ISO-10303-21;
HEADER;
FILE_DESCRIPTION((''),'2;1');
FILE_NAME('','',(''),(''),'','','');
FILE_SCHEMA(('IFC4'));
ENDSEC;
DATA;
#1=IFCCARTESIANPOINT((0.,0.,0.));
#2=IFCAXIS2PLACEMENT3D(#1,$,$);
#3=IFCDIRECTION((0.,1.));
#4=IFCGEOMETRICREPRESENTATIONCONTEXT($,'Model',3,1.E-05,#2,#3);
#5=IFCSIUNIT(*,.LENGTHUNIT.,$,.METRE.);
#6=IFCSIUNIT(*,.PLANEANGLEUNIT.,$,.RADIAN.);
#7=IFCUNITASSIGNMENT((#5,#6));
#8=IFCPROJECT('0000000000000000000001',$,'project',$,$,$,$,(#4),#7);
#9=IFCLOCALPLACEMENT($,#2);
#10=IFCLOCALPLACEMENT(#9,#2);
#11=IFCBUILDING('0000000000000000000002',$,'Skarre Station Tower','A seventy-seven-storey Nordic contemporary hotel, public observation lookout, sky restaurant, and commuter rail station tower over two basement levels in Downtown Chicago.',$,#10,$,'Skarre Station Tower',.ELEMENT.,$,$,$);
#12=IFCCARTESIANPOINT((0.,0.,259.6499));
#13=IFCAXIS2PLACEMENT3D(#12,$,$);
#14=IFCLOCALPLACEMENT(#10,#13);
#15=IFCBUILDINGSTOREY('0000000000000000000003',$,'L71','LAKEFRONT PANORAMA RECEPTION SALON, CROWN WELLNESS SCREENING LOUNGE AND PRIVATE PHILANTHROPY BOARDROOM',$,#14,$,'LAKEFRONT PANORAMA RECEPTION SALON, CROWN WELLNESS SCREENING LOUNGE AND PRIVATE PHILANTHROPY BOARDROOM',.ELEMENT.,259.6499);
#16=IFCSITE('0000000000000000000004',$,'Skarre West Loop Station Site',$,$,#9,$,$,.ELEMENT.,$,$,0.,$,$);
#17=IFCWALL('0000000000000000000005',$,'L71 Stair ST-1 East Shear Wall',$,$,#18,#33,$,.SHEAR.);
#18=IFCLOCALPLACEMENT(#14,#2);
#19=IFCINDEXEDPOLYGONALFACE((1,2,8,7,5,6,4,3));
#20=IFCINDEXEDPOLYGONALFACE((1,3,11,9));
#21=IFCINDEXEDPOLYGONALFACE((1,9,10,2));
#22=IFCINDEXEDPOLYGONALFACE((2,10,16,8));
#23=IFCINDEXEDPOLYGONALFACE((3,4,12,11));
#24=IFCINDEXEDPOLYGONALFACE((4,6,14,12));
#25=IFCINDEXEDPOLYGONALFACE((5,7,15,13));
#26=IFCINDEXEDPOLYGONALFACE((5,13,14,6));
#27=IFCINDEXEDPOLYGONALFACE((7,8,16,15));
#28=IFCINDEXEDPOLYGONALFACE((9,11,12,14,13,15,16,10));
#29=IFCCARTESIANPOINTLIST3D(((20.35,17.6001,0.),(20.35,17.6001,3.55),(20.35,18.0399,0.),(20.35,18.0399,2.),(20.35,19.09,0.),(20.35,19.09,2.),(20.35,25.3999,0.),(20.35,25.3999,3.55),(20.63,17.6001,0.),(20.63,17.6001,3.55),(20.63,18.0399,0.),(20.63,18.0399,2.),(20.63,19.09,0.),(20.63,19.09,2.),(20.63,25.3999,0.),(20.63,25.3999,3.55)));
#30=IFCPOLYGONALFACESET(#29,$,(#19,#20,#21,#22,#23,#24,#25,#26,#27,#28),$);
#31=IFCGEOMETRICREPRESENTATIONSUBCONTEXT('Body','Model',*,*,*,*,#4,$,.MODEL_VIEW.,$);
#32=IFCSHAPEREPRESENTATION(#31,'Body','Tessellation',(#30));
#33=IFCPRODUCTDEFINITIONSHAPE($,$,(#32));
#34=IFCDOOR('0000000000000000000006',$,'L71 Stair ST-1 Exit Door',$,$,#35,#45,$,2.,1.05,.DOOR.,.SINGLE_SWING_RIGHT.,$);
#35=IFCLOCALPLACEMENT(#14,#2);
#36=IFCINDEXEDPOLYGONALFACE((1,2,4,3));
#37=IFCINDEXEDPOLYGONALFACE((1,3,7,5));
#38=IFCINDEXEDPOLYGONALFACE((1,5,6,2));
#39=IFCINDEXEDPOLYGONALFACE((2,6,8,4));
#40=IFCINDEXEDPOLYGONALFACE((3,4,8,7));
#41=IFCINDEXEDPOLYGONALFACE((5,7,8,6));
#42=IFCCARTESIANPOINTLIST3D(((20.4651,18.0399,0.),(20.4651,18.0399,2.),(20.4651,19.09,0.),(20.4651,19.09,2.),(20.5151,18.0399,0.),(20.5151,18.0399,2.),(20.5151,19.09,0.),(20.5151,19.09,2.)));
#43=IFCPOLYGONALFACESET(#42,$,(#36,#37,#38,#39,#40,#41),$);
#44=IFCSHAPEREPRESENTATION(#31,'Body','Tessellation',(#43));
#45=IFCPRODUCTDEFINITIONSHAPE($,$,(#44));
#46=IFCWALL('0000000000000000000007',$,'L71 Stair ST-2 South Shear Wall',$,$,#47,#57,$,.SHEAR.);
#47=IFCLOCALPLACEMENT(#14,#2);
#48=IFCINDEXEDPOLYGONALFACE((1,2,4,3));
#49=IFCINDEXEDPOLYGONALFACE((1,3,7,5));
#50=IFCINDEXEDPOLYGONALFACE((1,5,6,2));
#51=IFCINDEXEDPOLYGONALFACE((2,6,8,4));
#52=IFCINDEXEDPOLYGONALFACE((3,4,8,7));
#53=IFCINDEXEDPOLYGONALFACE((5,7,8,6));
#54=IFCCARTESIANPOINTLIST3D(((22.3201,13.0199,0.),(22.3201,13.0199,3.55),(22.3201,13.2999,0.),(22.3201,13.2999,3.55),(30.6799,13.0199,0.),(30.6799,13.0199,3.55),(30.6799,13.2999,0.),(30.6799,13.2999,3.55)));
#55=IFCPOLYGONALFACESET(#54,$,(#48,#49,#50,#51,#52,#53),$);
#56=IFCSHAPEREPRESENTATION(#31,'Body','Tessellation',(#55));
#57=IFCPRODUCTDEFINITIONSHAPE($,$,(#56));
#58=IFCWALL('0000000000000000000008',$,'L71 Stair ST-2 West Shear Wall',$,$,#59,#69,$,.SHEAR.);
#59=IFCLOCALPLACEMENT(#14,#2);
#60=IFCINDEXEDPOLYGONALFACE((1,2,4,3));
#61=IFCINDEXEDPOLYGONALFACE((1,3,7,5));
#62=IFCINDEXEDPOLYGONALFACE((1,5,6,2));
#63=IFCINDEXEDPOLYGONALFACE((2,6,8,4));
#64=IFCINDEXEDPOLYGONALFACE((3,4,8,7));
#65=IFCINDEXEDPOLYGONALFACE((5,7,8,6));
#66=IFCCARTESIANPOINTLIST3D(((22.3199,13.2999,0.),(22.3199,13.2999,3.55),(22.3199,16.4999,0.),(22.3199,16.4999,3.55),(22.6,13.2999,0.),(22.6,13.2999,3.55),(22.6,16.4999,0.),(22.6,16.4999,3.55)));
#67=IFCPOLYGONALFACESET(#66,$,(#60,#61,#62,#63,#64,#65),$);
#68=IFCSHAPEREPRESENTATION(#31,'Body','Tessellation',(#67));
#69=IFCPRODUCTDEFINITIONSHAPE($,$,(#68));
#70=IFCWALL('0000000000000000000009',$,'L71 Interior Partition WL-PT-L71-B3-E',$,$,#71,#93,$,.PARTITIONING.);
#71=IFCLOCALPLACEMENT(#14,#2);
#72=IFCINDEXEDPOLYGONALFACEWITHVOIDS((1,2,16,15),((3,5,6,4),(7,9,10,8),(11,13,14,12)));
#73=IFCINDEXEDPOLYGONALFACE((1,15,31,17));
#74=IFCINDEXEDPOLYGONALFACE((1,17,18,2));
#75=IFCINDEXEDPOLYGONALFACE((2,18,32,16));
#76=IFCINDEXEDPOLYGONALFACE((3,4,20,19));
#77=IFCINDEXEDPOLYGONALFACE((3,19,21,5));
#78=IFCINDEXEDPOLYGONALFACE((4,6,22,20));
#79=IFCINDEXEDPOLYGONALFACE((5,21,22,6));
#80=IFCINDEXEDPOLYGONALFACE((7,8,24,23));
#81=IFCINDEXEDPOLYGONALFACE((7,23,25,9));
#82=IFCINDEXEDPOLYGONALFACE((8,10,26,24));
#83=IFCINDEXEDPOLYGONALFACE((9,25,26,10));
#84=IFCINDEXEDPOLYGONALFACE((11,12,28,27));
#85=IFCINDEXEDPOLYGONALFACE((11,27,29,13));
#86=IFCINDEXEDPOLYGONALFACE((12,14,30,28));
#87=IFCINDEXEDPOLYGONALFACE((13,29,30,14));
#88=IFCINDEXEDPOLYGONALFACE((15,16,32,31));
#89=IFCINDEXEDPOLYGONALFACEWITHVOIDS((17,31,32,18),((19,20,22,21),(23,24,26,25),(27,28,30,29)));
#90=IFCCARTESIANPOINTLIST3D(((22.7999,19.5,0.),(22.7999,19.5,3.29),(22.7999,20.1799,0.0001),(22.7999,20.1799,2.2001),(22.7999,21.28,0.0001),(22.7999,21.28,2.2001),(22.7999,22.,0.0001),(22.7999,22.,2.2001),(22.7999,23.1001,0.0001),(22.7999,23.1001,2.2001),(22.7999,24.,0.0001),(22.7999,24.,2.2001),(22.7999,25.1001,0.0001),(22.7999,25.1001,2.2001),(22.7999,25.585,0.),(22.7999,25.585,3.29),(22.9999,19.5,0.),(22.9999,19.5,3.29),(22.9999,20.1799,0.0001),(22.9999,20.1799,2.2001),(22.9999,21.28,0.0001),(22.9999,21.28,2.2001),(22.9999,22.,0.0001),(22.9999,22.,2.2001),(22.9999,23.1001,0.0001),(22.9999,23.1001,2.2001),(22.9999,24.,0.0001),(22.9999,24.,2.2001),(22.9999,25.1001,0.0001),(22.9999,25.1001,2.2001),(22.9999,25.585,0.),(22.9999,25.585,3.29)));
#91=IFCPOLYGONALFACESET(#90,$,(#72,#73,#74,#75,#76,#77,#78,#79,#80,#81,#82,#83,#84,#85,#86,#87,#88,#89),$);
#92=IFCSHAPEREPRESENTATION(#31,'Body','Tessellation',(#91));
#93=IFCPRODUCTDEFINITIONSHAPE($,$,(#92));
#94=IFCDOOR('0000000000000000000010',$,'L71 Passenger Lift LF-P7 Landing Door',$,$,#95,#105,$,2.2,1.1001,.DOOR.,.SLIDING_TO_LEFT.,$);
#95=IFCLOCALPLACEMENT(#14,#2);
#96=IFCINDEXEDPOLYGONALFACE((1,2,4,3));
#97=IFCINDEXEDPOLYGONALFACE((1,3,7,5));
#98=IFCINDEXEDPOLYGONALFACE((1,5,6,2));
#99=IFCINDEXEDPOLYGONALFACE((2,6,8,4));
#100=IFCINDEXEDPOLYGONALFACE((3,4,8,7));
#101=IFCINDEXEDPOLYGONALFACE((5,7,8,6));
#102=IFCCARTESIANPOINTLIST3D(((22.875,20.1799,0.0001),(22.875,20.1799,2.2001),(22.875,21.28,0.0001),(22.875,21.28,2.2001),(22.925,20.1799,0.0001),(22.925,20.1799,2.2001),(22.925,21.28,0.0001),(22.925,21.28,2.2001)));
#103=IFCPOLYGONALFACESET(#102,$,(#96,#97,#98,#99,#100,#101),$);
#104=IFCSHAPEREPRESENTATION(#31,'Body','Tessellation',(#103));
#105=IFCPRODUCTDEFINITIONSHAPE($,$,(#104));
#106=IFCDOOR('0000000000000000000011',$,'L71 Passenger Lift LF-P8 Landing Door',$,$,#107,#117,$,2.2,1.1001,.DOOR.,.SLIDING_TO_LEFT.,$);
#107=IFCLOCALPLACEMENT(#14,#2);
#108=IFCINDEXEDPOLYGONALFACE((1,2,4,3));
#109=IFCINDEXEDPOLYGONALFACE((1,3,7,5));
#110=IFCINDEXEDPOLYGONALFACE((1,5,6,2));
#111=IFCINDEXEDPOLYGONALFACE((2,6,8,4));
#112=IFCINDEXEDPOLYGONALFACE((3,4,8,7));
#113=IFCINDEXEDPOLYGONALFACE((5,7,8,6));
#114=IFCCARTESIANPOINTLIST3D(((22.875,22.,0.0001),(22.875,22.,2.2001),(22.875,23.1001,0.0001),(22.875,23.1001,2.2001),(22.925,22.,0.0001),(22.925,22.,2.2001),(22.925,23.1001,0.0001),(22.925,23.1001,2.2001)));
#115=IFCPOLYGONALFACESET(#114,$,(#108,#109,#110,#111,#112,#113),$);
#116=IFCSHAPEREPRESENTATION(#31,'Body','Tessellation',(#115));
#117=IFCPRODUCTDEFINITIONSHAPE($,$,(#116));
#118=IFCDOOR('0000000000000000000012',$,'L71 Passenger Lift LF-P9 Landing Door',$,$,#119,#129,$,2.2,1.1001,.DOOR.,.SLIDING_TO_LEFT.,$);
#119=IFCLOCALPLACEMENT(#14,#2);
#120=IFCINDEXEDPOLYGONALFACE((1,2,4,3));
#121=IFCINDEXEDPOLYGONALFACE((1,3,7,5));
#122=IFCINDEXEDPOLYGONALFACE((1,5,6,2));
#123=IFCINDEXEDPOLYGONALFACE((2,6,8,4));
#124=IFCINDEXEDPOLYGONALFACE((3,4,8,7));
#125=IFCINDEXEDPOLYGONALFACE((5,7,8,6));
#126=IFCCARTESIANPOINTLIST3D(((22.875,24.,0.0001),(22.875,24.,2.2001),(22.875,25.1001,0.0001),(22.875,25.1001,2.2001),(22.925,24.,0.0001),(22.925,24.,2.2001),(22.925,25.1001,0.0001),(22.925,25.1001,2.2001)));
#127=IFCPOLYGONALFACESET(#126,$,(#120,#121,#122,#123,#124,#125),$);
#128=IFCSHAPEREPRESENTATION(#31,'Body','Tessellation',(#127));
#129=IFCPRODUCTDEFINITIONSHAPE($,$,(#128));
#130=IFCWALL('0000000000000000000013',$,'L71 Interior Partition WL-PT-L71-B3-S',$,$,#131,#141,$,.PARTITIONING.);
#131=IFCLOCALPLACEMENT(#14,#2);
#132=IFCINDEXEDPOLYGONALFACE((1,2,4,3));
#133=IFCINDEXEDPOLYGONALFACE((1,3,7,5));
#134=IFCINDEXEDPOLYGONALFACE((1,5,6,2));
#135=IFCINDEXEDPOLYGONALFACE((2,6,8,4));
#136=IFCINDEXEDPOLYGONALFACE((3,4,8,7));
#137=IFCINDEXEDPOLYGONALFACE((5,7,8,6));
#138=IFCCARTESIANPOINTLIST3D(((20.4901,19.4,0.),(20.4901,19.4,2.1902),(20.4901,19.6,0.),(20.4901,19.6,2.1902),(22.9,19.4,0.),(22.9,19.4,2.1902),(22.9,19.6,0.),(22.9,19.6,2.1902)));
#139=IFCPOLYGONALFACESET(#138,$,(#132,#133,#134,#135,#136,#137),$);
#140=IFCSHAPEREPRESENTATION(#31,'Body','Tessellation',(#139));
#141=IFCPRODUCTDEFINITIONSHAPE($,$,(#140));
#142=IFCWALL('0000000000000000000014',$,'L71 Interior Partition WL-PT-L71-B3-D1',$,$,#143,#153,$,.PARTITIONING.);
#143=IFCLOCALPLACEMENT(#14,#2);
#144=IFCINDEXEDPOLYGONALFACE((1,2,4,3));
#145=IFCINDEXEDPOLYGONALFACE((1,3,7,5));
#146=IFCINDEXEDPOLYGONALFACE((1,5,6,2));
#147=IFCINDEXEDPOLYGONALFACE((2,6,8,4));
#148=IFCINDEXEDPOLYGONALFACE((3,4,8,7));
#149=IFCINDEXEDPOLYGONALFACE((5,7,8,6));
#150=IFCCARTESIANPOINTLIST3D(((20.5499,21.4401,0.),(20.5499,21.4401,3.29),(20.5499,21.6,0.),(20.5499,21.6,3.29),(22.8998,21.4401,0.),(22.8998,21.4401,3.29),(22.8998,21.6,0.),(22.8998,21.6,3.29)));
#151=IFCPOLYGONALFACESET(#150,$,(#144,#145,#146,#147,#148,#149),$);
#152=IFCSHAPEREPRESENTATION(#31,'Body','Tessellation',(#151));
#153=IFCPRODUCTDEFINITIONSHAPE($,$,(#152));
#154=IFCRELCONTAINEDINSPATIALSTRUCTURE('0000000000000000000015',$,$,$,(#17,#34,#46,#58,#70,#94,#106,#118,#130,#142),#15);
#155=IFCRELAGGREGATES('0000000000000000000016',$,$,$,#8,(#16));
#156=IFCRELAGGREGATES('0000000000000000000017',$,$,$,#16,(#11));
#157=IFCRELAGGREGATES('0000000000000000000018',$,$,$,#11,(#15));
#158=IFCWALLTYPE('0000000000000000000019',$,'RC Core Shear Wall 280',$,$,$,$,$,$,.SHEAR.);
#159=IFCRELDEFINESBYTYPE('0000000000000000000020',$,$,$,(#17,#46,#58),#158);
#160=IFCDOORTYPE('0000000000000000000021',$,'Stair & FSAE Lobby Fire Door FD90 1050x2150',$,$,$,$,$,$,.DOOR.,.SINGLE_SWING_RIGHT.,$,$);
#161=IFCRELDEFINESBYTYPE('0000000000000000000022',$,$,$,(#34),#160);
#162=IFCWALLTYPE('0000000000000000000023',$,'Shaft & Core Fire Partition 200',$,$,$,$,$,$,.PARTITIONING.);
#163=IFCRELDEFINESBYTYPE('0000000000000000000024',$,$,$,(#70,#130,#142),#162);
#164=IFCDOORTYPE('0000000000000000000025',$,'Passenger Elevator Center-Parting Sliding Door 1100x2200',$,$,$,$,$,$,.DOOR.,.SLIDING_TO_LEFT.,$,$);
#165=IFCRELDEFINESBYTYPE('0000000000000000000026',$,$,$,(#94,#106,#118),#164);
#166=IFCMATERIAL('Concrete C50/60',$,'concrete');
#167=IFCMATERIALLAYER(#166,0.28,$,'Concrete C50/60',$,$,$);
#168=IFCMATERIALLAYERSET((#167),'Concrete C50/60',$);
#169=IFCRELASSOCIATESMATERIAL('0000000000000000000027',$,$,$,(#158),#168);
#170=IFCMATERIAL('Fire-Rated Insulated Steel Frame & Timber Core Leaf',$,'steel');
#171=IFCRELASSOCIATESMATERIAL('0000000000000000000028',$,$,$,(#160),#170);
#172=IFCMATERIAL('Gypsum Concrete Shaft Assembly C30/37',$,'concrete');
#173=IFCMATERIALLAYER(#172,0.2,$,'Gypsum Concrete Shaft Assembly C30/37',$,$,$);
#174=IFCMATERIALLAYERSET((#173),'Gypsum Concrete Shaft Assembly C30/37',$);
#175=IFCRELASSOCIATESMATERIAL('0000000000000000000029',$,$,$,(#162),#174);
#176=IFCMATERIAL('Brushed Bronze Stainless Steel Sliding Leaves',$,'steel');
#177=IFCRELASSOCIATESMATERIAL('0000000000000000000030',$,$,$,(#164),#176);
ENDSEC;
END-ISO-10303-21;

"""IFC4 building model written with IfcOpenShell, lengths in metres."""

from ifc_helpers import new_model, si_unit, direction, frame, frame_2d, origin, place, context, subcontext, project, spatial, rectangle, extrude, material, layer, layer_set, type_object, element, fill, save


model = new_model("IFC4")

# Units and contexts
model_context = context("Model", 3, precision=1e-05, world=origin(), true_north=direction((0.0, 1.0)))
body_context = subcontext(model_context, "Body", "Model", "MODEL_VIEW")
ifc_project = project(units=[si_unit("LENGTHUNIT", "METRE"), si_unit("PLANEANGLEUNIT", "RADIAN")], contexts=[model_context])

# Site, building, storey
site_placement = place(None, origin())
site = spatial("IfcSite", under=ifc_project, at=site_placement, Name="Skarre West Loop Station Site", CompositionType="ELEMENT", RefElevation=0.0)
building_placement = place(site_placement, origin())
building = spatial("IfcBuilding", under=site, at=building_placement, Name="Skarre Station Tower", Description="A seventy-seven-storey Nordic contemporary hotel, public observation lookout, sky restaurant, and commuter rail station tower over two basement levels in Downtown Chicago.", LongName="Skarre Station Tower", CompositionType="ELEMENT")
storey_placement = place(building_placement, frame((0.0, 0.0, 259.6499)))
storey = spatial("IfcBuildingStorey", under=building, at=storey_placement, Name="L71", Description="LAKEFRONT PANORAMA RECEPTION SALON, CROWN WELLNESS SCREENING LOUNGE AND PRIVATE PHILANTHROPY BOARDROOM", LongName="LAKEFRONT PANORAMA RECEPTION SALON, CROWN WELLNESS SCREENING LOUNGE AND PRIVATE PHILANTHROPY BOARDROOM", CompositionType="ELEMENT", Elevation=259.6499)

# Shared definitions
ifc_material_1 = material(Name="Concrete C50/60", Category="concrete")

# Wall, opening, door
ifc_layer_1 = layer(ifc_material_1, 0.28, Name="Concrete C50/60")
ifc_layer_set_1 = layer_set([ifc_layer_1], Name="Concrete C50/60")
wall_type_1 = type_object("IfcWallType", Name="RC Core Shear Wall 280", PredefinedType="SHEAR", material=ifc_layer_set_1)
wall_1_placement = place(storey_placement, frame((20.49, 17.6001, 0.0), z_axis=(0.0, 0.0, 1.0), x_axis=(0.0, 1.0, 0.0)))
wall_1 = element("IfcWall", 1, at=wall_1_placement, inside=storey, type_object=wall_type_1, Name="L71 Stair ST-1 East Shear Wall", PredefinedType="SHEAR", context=body_context, shape_type="SweptSolid", body=[
    extrude(rectangle(XDim=7.7998, YDim=0.28, at=frame_2d((3.8999, 0.0))), origin(), (0.0, 0.0, 1.0), 3.55),
])
opening_1_placement = place(wall_1_placement, frame((0.4399, 0.0, 0.0)))
opening_1 = element("IfcOpeningElement", 2, at=opening_1_placement, cuts=wall_1, PredefinedType="OPENING", context=body_context, shape_type="SweptSolid", body=[
    extrude(rectangle(XDim=1.05, YDim=2.0, at=frame_2d((0.5249, 1.0))), frame((0.0, 0.1499, 0.0), z_axis=(0.0, -1.0, 0.0), x_axis=(1.0, 0.0, 0.0)), (0.0, 0.0, 1.0), 0.3),
])
ifc_material_2 = material(Name="Fire-Rated Insulated Steel Frame & Timber Core Leaf", Category="steel")
door_type_1 = type_object("IfcDoorType", Name="Stair & FSAE Lobby Fire Door FD90 1050x2150", OperationType="SINGLE_SWING_RIGHT", PredefinedType="DOOR", material=ifc_material_2)
door_1_placement = place(opening_1_placement, origin())
door_1 = element("IfcDoor", 3, at=door_1_placement, inside=storey, type_object=door_type_1, Name="L71 Stair ST-1 Exit Door", OperationType="SINGLE_SWING_RIGHT", OverallHeight=2.0, OverallWidth=1.05, PredefinedType="DOOR", context=body_context, shape_type="SweptSolid", body=[
    extrude(rectangle(XDim=1.05, YDim=2.0, at=frame_2d((0.5249, 1.0))), frame((0.0, 0.0249, 0.0), z_axis=(0.0, -1.0, 0.0), x_axis=(1.0, 0.0, 0.0)), (0.0, 0.0, 1.0), 0.05),
])
fill(opening_1, door_1)

# Walls
wall_2_placement = place(storey_placement, frame((22.3201, 13.1599, 0.0), z_axis=(0.0, 0.0, 1.0), x_axis=(1.0, 0.0, 0.0)))
element("IfcWall", 4, at=wall_2_placement, inside=storey, type_object=wall_type_1, Name="L71 Stair ST-2 South Shear Wall", PredefinedType="SHEAR", context=body_context, shape_type="SweptSolid", body=[
    extrude(rectangle(XDim=8.3599, YDim=0.28, at=frame_2d((4.1799, 0.0))), origin(), (0.0, 0.0, 1.0), 3.55),
])
wall_3_placement = place(storey_placement, frame((22.46, 16.5, 0.0), z_axis=(0.0, 0.0, 1.0), x_axis=(0.0, -1.0, 0.0)))
element("IfcWall", 5, at=wall_3_placement, inside=storey, type_object=wall_type_1, Name="L71 Stair ST-2 West Shear Wall", PredefinedType="SHEAR", context=body_context, shape_type="SweptSolid", body=[
    extrude(rectangle(XDim=3.2, YDim=0.28, at=frame_2d((1.6001, 0.0))), origin(), (0.0, 0.0, 1.0), 3.55),
])

# Wall, openings, doors
ifc_material_3 = material(Name="Gypsum Concrete Shaft Assembly C30/37", Category="concrete")
ifc_layer_2 = layer(ifc_material_3, 0.2, Name="Gypsum Concrete Shaft Assembly C30/37")
ifc_layer_set_2 = layer_set([ifc_layer_2], Name="Gypsum Concrete Shaft Assembly C30/37")
wall_type_2 = type_object("IfcWallType", Name="Shaft & Core Fire Partition 200", PredefinedType="PARTITIONING", material=ifc_layer_set_2)
wall_4_placement = place(storey_placement, frame((22.8999, 19.5, 0.0), z_axis=(0.0, 0.0, 1.0), x_axis=(0.0, 1.0, 0.0)))
wall_4 = element("IfcWall", 6, at=wall_4_placement, inside=storey, type_object=wall_type_2, Name="L71 Interior Partition WL-PT-L71-B3-E", PredefinedType="PARTITIONING", context=body_context, shape_type="SweptSolid", body=[
    extrude(rectangle(XDim=6.085, YDim=0.2, at=frame_2d((3.0425, 0.0))), origin(), (0.0, 0.0, 1.0), 3.29),
])
opening_2_placement = place(wall_4_placement, frame((0.6799, 0.0, 0.0)))
opening_2 = element("IfcOpeningElement", 7, at=opening_2_placement, cuts=wall_4, PredefinedType="OPENING", context=body_context, shape_type="SweptSolid", body=[
    extrude(rectangle(XDim=1.1001, YDim=2.2, at=frame_2d((0.55, 1.1001))), frame((0.0, 0.1099, 0.0), z_axis=(0.0, -1.0, 0.0), x_axis=(1.0, 0.0, 0.0)), (0.0, 0.0, 1.0), 0.22),
])
opening_3_placement = place(wall_4_placement, frame((2.5, 0.0, 0.0)))
opening_3 = element("IfcOpeningElement", 8, at=opening_3_placement, cuts=wall_4, PredefinedType="OPENING", context=body_context, shape_type="SweptSolid", body=[
    extrude(rectangle(XDim=1.1001, YDim=2.2, at=frame_2d((0.55, 1.1001))), frame((0.0, 0.1099, 0.0), z_axis=(0.0, -1.0, 0.0), x_axis=(1.0, 0.0, 0.0)), (0.0, 0.0, 1.0), 0.22),
])
opening_4_placement = place(wall_4_placement, frame((4.5, 0.0, 0.0)))
opening_4 = element("IfcOpeningElement", 9, at=opening_4_placement, cuts=wall_4, PredefinedType="OPENING", context=body_context, shape_type="SweptSolid", body=[
    extrude(rectangle(XDim=1.1001, YDim=2.2, at=frame_2d((0.55, 1.1001))), frame((0.0, 0.1099, 0.0), z_axis=(0.0, -1.0, 0.0), x_axis=(1.0, 0.0, 0.0)), (0.0, 0.0, 1.0), 0.22),
])
ifc_material_4 = material(Name="Brushed Bronze Stainless Steel Sliding Leaves", Category="steel")
door_type_2 = type_object("IfcDoorType", Name="Passenger Elevator Center-Parting Sliding Door 1100x2200", OperationType="SLIDING_TO_LEFT", PredefinedType="DOOR", material=ifc_material_4)
door_2_placement = place(opening_2_placement, origin())
door_2 = element("IfcDoor", 10, at=door_2_placement, inside=storey, type_object=door_type_2, Name="L71 Passenger Lift LF-P7 Landing Door", OperationType="SLIDING_TO_LEFT", OverallHeight=2.2, OverallWidth=1.1001, PredefinedType="DOOR", context=body_context, shape_type="SweptSolid", body=[
    extrude(rectangle(XDim=1.1001, YDim=2.2, at=frame_2d((0.55, 1.1001))), frame((0.0, 0.0249, 0.0), z_axis=(0.0, -1.0, 0.0), x_axis=(1.0, 0.0, 0.0)), (0.0, 0.0, 1.0), 0.05),
])
fill(opening_2, door_2)
door_3_placement = place(opening_3_placement, origin())
door_3 = element("IfcDoor", 11, at=door_3_placement, inside=storey, type_object=door_type_2, Name="L71 Passenger Lift LF-P8 Landing Door", OperationType="SLIDING_TO_LEFT", OverallHeight=2.2, OverallWidth=1.1001, PredefinedType="DOOR", context=body_context, shape_type="SweptSolid", body=[
    extrude(rectangle(XDim=1.1001, YDim=2.2, at=frame_2d((0.55, 1.1001))), frame((0.0, 0.0249, 0.0), z_axis=(0.0, -1.0, 0.0), x_axis=(1.0, 0.0, 0.0)), (0.0, 0.0, 1.0), 0.05),
])
fill(opening_3, door_3)
door_4_placement = place(opening_4_placement, origin())
door_4 = element("IfcDoor", 12, at=door_4_placement, inside=storey, type_object=door_type_2, Name="L71 Passenger Lift LF-P9 Landing Door", OperationType="SLIDING_TO_LEFT", OverallHeight=2.2, OverallWidth=1.1001, PredefinedType="DOOR", context=body_context, shape_type="SweptSolid", body=[
    extrude(rectangle(XDim=1.1001, YDim=2.2, at=frame_2d((0.55, 1.1001))), frame((0.0, 0.0249, 0.0), z_axis=(0.0, -1.0, 0.0), x_axis=(1.0, 0.0, 0.0)), (0.0, 0.0, 1.0), 0.05),
])
fill(opening_4, door_4)

# Walls
wall_5_placement = place(storey_placement, frame((20.49, 19.5, 0.0), z_axis=(0.0, 0.0, 1.0), x_axis=(1.0, 0.0, 0.0)))
element("IfcWall", 13, at=wall_5_placement, inside=storey, type_object=wall_type_2, Name="L71 Interior Partition WL-PT-L71-B3-S", PredefinedType="PARTITIONING", context=body_context, shape_type="SweptSolid", body=[
    extrude(rectangle(XDim=2.4099, YDim=0.2, at=frame_2d((1.2051, 0.0))), origin(), (0.0, 0.0, 1.0), 2.1902),
])
wall_6_placement = place(storey_placement, frame((20.55, 21.52, 0.0), z_axis=(0.0, 0.0, 1.0), x_axis=(1.0, 0.0, 0.0)))
element("IfcWall", 14, at=wall_6_placement, inside=storey, type_object=wall_type_2, Name="L71 Interior Partition WL-PT-L71-B3-D1", PredefinedType="PARTITIONING", context=body_context, shape_type="SweptSolid", body=[
    extrude(rectangle(XDim=2.3499, YDim=0.1599, at=frame_2d((1.1748, 0.0))), origin(), (0.0, 0.0, 1.0), 3.29),
])

save(model, "model.ifc")
